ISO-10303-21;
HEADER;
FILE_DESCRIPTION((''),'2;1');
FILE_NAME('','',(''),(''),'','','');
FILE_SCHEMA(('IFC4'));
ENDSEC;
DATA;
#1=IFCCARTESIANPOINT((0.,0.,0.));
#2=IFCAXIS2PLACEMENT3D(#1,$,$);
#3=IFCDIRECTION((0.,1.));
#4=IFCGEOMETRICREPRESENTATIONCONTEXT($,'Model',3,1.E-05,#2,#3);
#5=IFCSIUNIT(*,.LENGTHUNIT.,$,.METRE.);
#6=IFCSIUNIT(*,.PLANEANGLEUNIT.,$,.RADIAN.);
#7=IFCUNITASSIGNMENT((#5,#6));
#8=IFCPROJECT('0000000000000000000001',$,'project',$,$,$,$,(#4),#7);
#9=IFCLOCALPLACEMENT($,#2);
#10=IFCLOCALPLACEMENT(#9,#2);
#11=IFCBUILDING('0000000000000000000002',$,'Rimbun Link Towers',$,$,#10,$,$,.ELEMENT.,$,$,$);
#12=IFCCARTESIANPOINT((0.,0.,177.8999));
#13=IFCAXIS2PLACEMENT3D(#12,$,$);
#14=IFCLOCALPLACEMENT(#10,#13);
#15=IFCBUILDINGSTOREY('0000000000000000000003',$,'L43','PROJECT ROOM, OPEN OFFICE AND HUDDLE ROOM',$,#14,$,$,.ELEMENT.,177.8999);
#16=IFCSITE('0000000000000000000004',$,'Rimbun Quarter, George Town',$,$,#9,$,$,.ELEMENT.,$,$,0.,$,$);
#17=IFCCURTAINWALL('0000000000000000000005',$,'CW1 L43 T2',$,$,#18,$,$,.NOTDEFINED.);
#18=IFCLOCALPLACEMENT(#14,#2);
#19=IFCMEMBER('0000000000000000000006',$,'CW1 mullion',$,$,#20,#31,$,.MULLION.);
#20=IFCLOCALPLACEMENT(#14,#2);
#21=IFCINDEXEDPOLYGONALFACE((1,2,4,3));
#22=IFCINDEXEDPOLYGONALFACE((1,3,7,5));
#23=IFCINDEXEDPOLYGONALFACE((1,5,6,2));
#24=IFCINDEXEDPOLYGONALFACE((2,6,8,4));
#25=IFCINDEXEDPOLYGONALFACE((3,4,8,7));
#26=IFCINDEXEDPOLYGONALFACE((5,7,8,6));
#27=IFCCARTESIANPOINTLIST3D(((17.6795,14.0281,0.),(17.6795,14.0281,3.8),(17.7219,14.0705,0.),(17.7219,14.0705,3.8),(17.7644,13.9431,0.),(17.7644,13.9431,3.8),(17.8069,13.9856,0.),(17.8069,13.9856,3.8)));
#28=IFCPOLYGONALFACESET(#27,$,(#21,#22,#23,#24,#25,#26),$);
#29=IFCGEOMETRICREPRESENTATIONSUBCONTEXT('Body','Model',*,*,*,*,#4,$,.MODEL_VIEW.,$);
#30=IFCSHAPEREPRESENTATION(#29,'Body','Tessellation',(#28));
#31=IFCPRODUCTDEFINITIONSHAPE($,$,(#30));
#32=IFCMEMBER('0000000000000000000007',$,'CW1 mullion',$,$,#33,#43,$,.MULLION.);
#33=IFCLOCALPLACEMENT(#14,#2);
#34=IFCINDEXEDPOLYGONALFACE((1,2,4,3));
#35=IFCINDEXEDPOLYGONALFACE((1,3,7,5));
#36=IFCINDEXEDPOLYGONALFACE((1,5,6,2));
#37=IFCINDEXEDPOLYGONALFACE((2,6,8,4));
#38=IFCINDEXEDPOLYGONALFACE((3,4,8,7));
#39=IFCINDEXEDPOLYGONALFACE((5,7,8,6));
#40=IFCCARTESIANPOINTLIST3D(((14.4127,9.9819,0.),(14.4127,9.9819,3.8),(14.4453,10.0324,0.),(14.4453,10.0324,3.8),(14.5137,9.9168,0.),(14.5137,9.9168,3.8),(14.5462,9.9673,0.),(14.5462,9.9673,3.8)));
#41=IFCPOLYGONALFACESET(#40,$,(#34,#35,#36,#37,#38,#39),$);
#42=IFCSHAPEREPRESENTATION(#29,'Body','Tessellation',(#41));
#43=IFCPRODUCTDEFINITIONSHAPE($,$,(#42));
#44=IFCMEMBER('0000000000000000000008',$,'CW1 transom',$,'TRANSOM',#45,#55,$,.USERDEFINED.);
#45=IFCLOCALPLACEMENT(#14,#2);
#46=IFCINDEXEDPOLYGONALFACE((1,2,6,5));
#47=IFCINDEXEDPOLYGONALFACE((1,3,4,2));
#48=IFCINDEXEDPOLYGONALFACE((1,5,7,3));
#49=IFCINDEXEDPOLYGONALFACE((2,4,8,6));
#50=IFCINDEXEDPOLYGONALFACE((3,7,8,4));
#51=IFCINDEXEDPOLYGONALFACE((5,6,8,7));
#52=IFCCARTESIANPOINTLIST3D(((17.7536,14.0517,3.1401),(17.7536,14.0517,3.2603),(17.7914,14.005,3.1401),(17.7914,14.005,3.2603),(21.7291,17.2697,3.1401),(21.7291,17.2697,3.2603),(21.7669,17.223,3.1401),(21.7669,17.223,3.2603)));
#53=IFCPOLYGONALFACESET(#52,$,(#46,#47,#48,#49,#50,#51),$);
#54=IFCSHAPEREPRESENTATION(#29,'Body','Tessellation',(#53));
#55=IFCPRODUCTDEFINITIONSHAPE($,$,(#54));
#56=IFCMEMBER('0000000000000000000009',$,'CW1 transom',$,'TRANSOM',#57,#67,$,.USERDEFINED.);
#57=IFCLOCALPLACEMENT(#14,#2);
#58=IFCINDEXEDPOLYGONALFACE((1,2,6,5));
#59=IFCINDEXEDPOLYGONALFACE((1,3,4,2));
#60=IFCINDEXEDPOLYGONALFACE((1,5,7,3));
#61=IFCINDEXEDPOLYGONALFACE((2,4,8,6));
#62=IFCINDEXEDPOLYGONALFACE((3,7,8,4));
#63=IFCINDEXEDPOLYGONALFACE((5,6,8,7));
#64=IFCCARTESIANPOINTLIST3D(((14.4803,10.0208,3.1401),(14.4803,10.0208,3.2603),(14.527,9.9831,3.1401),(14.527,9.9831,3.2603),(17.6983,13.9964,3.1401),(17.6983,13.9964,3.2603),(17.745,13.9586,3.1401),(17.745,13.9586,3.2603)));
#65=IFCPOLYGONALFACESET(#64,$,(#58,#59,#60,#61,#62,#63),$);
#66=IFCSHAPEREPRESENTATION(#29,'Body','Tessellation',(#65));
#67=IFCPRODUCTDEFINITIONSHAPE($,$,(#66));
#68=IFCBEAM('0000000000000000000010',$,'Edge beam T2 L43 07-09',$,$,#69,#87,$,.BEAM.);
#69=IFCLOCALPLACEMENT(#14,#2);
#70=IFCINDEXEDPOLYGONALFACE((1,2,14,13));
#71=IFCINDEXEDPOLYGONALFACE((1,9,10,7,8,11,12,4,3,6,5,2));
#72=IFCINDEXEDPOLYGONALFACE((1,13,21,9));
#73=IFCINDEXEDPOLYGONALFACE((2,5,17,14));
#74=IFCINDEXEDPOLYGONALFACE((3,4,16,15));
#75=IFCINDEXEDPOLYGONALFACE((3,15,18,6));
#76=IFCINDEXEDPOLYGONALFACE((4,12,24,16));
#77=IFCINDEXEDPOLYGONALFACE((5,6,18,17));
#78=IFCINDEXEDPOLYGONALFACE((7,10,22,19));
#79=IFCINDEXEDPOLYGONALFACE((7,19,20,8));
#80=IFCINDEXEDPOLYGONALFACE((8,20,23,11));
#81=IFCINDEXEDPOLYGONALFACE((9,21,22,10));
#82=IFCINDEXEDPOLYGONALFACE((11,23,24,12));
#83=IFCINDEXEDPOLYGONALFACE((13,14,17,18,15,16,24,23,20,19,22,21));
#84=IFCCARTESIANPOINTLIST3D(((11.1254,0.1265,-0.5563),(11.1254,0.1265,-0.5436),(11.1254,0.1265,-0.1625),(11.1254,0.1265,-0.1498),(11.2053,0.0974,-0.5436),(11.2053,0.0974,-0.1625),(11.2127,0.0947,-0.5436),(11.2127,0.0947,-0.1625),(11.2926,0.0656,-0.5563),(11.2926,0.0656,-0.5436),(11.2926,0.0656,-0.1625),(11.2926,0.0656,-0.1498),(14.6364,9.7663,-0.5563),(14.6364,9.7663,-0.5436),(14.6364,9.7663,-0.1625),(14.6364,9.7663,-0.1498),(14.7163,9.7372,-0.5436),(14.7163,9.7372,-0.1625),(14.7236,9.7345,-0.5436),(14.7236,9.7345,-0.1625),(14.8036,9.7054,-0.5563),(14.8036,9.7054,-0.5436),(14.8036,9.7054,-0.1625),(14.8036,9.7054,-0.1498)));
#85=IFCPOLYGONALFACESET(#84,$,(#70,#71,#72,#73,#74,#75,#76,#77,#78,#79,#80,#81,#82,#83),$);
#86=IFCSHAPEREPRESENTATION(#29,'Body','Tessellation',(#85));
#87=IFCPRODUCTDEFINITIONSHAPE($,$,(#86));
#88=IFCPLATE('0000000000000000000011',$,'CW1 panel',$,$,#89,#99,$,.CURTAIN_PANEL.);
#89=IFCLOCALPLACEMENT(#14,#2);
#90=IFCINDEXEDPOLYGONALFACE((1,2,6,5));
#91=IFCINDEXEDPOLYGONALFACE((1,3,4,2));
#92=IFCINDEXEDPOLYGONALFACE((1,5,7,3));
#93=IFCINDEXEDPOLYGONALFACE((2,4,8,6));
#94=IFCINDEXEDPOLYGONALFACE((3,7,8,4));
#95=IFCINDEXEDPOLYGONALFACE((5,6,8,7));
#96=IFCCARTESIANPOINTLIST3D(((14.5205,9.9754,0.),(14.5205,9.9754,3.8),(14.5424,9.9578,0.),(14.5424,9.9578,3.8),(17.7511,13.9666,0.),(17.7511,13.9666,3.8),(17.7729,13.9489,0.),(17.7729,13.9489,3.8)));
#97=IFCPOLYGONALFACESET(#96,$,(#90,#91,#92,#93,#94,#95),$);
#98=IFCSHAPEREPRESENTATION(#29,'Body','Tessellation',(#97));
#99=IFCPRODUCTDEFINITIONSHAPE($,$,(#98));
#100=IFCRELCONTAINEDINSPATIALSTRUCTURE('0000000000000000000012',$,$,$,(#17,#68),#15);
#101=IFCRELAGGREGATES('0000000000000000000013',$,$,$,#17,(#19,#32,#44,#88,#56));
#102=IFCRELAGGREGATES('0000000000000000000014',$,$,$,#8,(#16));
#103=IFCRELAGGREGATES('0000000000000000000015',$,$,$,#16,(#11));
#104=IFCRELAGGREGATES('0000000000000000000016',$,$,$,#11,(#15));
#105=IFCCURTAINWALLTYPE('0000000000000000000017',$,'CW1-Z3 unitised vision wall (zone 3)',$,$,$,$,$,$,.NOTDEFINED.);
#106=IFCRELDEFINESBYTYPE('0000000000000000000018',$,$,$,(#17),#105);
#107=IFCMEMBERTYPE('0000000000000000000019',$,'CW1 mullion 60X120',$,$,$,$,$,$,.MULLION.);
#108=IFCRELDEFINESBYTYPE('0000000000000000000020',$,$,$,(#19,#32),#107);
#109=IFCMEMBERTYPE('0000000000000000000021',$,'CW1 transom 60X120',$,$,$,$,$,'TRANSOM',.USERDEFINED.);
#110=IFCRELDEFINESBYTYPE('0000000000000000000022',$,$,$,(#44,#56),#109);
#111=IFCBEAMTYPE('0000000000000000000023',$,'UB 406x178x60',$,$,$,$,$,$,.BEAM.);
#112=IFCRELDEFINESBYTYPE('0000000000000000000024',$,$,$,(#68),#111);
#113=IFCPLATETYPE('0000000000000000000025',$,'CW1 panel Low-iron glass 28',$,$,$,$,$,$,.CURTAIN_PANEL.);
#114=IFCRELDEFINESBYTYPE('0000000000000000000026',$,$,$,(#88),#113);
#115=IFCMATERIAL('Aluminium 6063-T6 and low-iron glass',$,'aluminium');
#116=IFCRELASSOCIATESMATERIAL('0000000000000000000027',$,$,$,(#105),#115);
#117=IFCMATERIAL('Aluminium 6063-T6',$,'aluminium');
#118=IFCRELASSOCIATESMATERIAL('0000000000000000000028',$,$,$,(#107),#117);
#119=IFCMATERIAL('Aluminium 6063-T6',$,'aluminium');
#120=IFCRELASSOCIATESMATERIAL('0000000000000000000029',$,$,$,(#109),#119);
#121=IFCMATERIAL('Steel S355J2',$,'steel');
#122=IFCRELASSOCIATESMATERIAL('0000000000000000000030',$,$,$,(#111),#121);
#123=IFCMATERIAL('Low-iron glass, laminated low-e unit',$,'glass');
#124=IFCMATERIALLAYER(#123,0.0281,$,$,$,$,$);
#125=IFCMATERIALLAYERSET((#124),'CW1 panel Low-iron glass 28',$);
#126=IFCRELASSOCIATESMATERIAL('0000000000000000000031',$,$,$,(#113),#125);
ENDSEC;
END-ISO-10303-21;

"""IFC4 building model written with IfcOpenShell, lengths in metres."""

from ifc_helpers import new_model, si_unit, direction, frame, origin, origin_2d, place, context, subcontext, project, spatial, rectangle, i_section, extrude, material, layer, layer_set, material_profile, profile_set, type_object, element, aggregate, save


model = new_model("IFC4")

# Units and contexts
model_context = context("Model", 3, precision=1e-05, world=origin(), true_north=direction((0.0, 1.0)))
body_context = subcontext(model_context, "Body", "Model", "MODEL_VIEW")
ifc_project = project(units=[si_unit("LENGTHUNIT", "METRE"), si_unit("PLANEANGLEUNIT", "RADIAN")], contexts=[model_context])

# Site, building, storey
site_placement = place(None, origin())
site = spatial("IfcSite", under=ifc_project, at=site_placement, Name="Rimbun Quarter, George Town", CompositionType="ELEMENT", RefElevation=0.0)
building_placement = place(site_placement, origin())
building = spatial("IfcBuilding", under=site, at=building_placement, Name="Rimbun Link Towers", CompositionType="ELEMENT")
storey_placement = place(building_placement, frame((0.0, 0.0, 177.8999)))
storey = spatial("IfcBuildingStorey", under=building, at=storey_placement, Name="L43", Description="PROJECT ROOM, OPEN OFFICE AND HUDDLE ROOM", CompositionType="ELEMENT", Elevation=177.8999)

# Curtain wall, members
ifc_material_1 = material(Name="Aluminium 6063-T6 and low-iron glass", Category="aluminium")
curtain_wall_type = type_object("IfcCurtainWallType", Name="CW1-Z3 unitised vision wall (zone 3)", PredefinedType="NOTDEFINED", material=ifc_material_1)
curtain_wall_placement = place(storey_placement, origin())
curtain_wall = element("IfcCurtainWall", 1, at=curtain_wall_placement, inside=storey, type_object=curtain_wall_type, Name="CW1 L43 T2", PredefinedType="NOTDEFINED")
ifc_material_2 = material(Name="Aluminium 6063-T6", Category="aluminium")
ifc_material_profile_1 = material_profile(ifc_material_2, rectangle(XDim=0.1201, YDim=0.0601, at=origin_2d()), Name="MULLION 60X120")
ifc_profile_set_1 = profile_set([ifc_material_profile_1], Name="Aluminium 6063-T6")
member_type_1 = type_object("IfcMemberType", Name="CW1 mullion 60X120", PredefinedType="MULLION", material=ifc_profile_set_1)
member_1_placement = place(storey_placement, frame((17.7432, 14.0068, 0.0), z_axis=(0.0, 0.0, 1.0), x_axis=(-0.707107, 0.707107, 0.0)))
member_1 = element("IfcMember", 2, at=member_1_placement, type_object=member_type_1, Name="CW1 mullion", PredefinedType="MULLION", context=body_context, shape_type="SweptSolid", body=[
    extrude(rectangle(XDim=0.1201, YDim=0.0601, at=origin_2d()), origin(), (0.0, 0.0, 1.0), 3.8),
])
member_2_placement = place(storey_placement, frame((14.4795, 9.9746, 0.0), z_axis=(0.0, 0.0, 1.0), x_axis=(-0.840316, 0.542097, 0.0)))
member_2 = element("IfcMember", 3, at=member_2_placement, type_object=member_type_1, Name="CW1 mullion", PredefinedType="MULLION", context=body_context, shape_type="SweptSolid", body=[
    extrude(rectangle(XDim=0.1201, YDim=0.0601, at=origin_2d()), origin(), (0.0, 0.0, 1.0), 3.8),
])
ifc_material_3 = material(Name="Aluminium 6063-T6", Category="aluminium")
ifc_material_profile_2 = material_profile(ifc_material_3, rectangle(XDim=0.0601, YDim=0.1201, at=origin_2d()), Name="TRANSOM 60X120")
ifc_profile_set_2 = profile_set([ifc_material_profile_2], Name="Aluminium 6063-T6")
member_type_2 = type_object("IfcMemberType", Name="CW1 transom 60X120", ElementType="TRANSOM", PredefinedType="USERDEFINED", material=ifc_profile_set_2)
member_3_placement = place(storey_placement, frame((17.7725, 14.0283, 3.2002), z_axis=(0.777275, 0.629161, 0.0), x_axis=(-0.629161, 0.777275, 0.0)))
member_3 = element("IfcMember", 4, at=member_3_placement, type_object=member_type_2, Name="CW1 transom", ObjectType="TRANSOM", PredefinedType="USERDEFINED", context=body_context, shape_type="SweptSolid", body=[
    extrude(rectangle(XDim=0.0601, YDim=0.1201, at=origin_2d()), origin(), (0.0, 0.0, 1.0), 5.1147),
])
member_4_placement = place(storey_placement, frame((14.5037, 10.002, 3.2002), z_axis=(0.629161, 0.777275, 0.0), x_axis=(-0.777275, 0.629161, 0.0)))
member_4 = element("IfcMember", 5, at=member_4_placement, type_object=member_type_2, Name="CW1 transom", ObjectType="TRANSOM", PredefinedType="USERDEFINED", context=body_context, shape_type="SweptSolid", body=[
    extrude(rectangle(XDim=0.0601, YDim=0.1201, at=origin_2d()), origin(), (0.0, 0.0, 1.0), 5.1147),
])

# Beam
ifc_material_4 = material(Name="Steel S355J2", Category="steel")
ifc_material_profile_3 = material_profile(ifc_material_4, i_section(OverallWidth=0.178, OverallDepth=0.4065, WebThickness=0.0078, FlangeThickness=0.0127, at=origin_2d()), Name="UB 406x178x60")
ifc_profile_set_3 = profile_set([ifc_material_profile_3], Name="Steel S355J2")
beam_type = type_object("IfcBeamType", Name="UB 406x178x60", PredefinedType="BEAM", material=ifc_profile_set_3)
beam_placement = place(storey_placement, frame((14.72, 9.7358, -0.353), z_axis=(-0.342223, -0.939619, 0.0), x_axis=(0.939619, -0.342223, 0.0)))
element("IfcBeam", 6, at=beam_placement, inside=storey, type_object=beam_type, Name="Edge beam T2 L43 07-09", PredefinedType="BEAM", context=body_context, shape_type="SweptSolid", body=[
    extrude(i_section(OverallWidth=0.178, OverallDepth=0.4065, WebThickness=0.0078, FlangeThickness=0.0127, at=origin_2d()), origin(), (0.0, 0.0, 1.0), 10.2593),
])

# Plate
ifc_material_5 = material(Name="Low-iron glass, laminated low-e unit", Category="glass")
ifc_layer_1 = layer(ifc_material_5, 0.0281)
ifc_layer_set_1 = layer_set([ifc_layer_1], Name="CW1 panel Low-iron glass 28")
plate_type = type_object("IfcPlateType", Name="CW1 panel Low-iron glass 28", PredefinedType="CURTAIN_PANEL", material=ifc_layer_set_1)
plate_placement = place(storey_placement, frame((16.1467, 11.9622, 0.0), z_axis=(0.0, 0.0, 1.0), x_axis=(0.629158, 0.777278, 0.0)))
plate = element("IfcPlate", 7, at=plate_placement, type_object=plate_type, Name="CW1 panel", PredefinedType="CURTAIN_PANEL", context=body_context, shape_type="SweptSolid", body=[
    extrude(rectangle(XDim=5.1348, YDim=0.0281, at=origin_2d()), origin(), (0.0, 0.0, 1.0), 3.8),
])
aggregate(curtain_wall, [member_1, member_2, member_3, plate, member_4])

save(model, "model.ifc")
